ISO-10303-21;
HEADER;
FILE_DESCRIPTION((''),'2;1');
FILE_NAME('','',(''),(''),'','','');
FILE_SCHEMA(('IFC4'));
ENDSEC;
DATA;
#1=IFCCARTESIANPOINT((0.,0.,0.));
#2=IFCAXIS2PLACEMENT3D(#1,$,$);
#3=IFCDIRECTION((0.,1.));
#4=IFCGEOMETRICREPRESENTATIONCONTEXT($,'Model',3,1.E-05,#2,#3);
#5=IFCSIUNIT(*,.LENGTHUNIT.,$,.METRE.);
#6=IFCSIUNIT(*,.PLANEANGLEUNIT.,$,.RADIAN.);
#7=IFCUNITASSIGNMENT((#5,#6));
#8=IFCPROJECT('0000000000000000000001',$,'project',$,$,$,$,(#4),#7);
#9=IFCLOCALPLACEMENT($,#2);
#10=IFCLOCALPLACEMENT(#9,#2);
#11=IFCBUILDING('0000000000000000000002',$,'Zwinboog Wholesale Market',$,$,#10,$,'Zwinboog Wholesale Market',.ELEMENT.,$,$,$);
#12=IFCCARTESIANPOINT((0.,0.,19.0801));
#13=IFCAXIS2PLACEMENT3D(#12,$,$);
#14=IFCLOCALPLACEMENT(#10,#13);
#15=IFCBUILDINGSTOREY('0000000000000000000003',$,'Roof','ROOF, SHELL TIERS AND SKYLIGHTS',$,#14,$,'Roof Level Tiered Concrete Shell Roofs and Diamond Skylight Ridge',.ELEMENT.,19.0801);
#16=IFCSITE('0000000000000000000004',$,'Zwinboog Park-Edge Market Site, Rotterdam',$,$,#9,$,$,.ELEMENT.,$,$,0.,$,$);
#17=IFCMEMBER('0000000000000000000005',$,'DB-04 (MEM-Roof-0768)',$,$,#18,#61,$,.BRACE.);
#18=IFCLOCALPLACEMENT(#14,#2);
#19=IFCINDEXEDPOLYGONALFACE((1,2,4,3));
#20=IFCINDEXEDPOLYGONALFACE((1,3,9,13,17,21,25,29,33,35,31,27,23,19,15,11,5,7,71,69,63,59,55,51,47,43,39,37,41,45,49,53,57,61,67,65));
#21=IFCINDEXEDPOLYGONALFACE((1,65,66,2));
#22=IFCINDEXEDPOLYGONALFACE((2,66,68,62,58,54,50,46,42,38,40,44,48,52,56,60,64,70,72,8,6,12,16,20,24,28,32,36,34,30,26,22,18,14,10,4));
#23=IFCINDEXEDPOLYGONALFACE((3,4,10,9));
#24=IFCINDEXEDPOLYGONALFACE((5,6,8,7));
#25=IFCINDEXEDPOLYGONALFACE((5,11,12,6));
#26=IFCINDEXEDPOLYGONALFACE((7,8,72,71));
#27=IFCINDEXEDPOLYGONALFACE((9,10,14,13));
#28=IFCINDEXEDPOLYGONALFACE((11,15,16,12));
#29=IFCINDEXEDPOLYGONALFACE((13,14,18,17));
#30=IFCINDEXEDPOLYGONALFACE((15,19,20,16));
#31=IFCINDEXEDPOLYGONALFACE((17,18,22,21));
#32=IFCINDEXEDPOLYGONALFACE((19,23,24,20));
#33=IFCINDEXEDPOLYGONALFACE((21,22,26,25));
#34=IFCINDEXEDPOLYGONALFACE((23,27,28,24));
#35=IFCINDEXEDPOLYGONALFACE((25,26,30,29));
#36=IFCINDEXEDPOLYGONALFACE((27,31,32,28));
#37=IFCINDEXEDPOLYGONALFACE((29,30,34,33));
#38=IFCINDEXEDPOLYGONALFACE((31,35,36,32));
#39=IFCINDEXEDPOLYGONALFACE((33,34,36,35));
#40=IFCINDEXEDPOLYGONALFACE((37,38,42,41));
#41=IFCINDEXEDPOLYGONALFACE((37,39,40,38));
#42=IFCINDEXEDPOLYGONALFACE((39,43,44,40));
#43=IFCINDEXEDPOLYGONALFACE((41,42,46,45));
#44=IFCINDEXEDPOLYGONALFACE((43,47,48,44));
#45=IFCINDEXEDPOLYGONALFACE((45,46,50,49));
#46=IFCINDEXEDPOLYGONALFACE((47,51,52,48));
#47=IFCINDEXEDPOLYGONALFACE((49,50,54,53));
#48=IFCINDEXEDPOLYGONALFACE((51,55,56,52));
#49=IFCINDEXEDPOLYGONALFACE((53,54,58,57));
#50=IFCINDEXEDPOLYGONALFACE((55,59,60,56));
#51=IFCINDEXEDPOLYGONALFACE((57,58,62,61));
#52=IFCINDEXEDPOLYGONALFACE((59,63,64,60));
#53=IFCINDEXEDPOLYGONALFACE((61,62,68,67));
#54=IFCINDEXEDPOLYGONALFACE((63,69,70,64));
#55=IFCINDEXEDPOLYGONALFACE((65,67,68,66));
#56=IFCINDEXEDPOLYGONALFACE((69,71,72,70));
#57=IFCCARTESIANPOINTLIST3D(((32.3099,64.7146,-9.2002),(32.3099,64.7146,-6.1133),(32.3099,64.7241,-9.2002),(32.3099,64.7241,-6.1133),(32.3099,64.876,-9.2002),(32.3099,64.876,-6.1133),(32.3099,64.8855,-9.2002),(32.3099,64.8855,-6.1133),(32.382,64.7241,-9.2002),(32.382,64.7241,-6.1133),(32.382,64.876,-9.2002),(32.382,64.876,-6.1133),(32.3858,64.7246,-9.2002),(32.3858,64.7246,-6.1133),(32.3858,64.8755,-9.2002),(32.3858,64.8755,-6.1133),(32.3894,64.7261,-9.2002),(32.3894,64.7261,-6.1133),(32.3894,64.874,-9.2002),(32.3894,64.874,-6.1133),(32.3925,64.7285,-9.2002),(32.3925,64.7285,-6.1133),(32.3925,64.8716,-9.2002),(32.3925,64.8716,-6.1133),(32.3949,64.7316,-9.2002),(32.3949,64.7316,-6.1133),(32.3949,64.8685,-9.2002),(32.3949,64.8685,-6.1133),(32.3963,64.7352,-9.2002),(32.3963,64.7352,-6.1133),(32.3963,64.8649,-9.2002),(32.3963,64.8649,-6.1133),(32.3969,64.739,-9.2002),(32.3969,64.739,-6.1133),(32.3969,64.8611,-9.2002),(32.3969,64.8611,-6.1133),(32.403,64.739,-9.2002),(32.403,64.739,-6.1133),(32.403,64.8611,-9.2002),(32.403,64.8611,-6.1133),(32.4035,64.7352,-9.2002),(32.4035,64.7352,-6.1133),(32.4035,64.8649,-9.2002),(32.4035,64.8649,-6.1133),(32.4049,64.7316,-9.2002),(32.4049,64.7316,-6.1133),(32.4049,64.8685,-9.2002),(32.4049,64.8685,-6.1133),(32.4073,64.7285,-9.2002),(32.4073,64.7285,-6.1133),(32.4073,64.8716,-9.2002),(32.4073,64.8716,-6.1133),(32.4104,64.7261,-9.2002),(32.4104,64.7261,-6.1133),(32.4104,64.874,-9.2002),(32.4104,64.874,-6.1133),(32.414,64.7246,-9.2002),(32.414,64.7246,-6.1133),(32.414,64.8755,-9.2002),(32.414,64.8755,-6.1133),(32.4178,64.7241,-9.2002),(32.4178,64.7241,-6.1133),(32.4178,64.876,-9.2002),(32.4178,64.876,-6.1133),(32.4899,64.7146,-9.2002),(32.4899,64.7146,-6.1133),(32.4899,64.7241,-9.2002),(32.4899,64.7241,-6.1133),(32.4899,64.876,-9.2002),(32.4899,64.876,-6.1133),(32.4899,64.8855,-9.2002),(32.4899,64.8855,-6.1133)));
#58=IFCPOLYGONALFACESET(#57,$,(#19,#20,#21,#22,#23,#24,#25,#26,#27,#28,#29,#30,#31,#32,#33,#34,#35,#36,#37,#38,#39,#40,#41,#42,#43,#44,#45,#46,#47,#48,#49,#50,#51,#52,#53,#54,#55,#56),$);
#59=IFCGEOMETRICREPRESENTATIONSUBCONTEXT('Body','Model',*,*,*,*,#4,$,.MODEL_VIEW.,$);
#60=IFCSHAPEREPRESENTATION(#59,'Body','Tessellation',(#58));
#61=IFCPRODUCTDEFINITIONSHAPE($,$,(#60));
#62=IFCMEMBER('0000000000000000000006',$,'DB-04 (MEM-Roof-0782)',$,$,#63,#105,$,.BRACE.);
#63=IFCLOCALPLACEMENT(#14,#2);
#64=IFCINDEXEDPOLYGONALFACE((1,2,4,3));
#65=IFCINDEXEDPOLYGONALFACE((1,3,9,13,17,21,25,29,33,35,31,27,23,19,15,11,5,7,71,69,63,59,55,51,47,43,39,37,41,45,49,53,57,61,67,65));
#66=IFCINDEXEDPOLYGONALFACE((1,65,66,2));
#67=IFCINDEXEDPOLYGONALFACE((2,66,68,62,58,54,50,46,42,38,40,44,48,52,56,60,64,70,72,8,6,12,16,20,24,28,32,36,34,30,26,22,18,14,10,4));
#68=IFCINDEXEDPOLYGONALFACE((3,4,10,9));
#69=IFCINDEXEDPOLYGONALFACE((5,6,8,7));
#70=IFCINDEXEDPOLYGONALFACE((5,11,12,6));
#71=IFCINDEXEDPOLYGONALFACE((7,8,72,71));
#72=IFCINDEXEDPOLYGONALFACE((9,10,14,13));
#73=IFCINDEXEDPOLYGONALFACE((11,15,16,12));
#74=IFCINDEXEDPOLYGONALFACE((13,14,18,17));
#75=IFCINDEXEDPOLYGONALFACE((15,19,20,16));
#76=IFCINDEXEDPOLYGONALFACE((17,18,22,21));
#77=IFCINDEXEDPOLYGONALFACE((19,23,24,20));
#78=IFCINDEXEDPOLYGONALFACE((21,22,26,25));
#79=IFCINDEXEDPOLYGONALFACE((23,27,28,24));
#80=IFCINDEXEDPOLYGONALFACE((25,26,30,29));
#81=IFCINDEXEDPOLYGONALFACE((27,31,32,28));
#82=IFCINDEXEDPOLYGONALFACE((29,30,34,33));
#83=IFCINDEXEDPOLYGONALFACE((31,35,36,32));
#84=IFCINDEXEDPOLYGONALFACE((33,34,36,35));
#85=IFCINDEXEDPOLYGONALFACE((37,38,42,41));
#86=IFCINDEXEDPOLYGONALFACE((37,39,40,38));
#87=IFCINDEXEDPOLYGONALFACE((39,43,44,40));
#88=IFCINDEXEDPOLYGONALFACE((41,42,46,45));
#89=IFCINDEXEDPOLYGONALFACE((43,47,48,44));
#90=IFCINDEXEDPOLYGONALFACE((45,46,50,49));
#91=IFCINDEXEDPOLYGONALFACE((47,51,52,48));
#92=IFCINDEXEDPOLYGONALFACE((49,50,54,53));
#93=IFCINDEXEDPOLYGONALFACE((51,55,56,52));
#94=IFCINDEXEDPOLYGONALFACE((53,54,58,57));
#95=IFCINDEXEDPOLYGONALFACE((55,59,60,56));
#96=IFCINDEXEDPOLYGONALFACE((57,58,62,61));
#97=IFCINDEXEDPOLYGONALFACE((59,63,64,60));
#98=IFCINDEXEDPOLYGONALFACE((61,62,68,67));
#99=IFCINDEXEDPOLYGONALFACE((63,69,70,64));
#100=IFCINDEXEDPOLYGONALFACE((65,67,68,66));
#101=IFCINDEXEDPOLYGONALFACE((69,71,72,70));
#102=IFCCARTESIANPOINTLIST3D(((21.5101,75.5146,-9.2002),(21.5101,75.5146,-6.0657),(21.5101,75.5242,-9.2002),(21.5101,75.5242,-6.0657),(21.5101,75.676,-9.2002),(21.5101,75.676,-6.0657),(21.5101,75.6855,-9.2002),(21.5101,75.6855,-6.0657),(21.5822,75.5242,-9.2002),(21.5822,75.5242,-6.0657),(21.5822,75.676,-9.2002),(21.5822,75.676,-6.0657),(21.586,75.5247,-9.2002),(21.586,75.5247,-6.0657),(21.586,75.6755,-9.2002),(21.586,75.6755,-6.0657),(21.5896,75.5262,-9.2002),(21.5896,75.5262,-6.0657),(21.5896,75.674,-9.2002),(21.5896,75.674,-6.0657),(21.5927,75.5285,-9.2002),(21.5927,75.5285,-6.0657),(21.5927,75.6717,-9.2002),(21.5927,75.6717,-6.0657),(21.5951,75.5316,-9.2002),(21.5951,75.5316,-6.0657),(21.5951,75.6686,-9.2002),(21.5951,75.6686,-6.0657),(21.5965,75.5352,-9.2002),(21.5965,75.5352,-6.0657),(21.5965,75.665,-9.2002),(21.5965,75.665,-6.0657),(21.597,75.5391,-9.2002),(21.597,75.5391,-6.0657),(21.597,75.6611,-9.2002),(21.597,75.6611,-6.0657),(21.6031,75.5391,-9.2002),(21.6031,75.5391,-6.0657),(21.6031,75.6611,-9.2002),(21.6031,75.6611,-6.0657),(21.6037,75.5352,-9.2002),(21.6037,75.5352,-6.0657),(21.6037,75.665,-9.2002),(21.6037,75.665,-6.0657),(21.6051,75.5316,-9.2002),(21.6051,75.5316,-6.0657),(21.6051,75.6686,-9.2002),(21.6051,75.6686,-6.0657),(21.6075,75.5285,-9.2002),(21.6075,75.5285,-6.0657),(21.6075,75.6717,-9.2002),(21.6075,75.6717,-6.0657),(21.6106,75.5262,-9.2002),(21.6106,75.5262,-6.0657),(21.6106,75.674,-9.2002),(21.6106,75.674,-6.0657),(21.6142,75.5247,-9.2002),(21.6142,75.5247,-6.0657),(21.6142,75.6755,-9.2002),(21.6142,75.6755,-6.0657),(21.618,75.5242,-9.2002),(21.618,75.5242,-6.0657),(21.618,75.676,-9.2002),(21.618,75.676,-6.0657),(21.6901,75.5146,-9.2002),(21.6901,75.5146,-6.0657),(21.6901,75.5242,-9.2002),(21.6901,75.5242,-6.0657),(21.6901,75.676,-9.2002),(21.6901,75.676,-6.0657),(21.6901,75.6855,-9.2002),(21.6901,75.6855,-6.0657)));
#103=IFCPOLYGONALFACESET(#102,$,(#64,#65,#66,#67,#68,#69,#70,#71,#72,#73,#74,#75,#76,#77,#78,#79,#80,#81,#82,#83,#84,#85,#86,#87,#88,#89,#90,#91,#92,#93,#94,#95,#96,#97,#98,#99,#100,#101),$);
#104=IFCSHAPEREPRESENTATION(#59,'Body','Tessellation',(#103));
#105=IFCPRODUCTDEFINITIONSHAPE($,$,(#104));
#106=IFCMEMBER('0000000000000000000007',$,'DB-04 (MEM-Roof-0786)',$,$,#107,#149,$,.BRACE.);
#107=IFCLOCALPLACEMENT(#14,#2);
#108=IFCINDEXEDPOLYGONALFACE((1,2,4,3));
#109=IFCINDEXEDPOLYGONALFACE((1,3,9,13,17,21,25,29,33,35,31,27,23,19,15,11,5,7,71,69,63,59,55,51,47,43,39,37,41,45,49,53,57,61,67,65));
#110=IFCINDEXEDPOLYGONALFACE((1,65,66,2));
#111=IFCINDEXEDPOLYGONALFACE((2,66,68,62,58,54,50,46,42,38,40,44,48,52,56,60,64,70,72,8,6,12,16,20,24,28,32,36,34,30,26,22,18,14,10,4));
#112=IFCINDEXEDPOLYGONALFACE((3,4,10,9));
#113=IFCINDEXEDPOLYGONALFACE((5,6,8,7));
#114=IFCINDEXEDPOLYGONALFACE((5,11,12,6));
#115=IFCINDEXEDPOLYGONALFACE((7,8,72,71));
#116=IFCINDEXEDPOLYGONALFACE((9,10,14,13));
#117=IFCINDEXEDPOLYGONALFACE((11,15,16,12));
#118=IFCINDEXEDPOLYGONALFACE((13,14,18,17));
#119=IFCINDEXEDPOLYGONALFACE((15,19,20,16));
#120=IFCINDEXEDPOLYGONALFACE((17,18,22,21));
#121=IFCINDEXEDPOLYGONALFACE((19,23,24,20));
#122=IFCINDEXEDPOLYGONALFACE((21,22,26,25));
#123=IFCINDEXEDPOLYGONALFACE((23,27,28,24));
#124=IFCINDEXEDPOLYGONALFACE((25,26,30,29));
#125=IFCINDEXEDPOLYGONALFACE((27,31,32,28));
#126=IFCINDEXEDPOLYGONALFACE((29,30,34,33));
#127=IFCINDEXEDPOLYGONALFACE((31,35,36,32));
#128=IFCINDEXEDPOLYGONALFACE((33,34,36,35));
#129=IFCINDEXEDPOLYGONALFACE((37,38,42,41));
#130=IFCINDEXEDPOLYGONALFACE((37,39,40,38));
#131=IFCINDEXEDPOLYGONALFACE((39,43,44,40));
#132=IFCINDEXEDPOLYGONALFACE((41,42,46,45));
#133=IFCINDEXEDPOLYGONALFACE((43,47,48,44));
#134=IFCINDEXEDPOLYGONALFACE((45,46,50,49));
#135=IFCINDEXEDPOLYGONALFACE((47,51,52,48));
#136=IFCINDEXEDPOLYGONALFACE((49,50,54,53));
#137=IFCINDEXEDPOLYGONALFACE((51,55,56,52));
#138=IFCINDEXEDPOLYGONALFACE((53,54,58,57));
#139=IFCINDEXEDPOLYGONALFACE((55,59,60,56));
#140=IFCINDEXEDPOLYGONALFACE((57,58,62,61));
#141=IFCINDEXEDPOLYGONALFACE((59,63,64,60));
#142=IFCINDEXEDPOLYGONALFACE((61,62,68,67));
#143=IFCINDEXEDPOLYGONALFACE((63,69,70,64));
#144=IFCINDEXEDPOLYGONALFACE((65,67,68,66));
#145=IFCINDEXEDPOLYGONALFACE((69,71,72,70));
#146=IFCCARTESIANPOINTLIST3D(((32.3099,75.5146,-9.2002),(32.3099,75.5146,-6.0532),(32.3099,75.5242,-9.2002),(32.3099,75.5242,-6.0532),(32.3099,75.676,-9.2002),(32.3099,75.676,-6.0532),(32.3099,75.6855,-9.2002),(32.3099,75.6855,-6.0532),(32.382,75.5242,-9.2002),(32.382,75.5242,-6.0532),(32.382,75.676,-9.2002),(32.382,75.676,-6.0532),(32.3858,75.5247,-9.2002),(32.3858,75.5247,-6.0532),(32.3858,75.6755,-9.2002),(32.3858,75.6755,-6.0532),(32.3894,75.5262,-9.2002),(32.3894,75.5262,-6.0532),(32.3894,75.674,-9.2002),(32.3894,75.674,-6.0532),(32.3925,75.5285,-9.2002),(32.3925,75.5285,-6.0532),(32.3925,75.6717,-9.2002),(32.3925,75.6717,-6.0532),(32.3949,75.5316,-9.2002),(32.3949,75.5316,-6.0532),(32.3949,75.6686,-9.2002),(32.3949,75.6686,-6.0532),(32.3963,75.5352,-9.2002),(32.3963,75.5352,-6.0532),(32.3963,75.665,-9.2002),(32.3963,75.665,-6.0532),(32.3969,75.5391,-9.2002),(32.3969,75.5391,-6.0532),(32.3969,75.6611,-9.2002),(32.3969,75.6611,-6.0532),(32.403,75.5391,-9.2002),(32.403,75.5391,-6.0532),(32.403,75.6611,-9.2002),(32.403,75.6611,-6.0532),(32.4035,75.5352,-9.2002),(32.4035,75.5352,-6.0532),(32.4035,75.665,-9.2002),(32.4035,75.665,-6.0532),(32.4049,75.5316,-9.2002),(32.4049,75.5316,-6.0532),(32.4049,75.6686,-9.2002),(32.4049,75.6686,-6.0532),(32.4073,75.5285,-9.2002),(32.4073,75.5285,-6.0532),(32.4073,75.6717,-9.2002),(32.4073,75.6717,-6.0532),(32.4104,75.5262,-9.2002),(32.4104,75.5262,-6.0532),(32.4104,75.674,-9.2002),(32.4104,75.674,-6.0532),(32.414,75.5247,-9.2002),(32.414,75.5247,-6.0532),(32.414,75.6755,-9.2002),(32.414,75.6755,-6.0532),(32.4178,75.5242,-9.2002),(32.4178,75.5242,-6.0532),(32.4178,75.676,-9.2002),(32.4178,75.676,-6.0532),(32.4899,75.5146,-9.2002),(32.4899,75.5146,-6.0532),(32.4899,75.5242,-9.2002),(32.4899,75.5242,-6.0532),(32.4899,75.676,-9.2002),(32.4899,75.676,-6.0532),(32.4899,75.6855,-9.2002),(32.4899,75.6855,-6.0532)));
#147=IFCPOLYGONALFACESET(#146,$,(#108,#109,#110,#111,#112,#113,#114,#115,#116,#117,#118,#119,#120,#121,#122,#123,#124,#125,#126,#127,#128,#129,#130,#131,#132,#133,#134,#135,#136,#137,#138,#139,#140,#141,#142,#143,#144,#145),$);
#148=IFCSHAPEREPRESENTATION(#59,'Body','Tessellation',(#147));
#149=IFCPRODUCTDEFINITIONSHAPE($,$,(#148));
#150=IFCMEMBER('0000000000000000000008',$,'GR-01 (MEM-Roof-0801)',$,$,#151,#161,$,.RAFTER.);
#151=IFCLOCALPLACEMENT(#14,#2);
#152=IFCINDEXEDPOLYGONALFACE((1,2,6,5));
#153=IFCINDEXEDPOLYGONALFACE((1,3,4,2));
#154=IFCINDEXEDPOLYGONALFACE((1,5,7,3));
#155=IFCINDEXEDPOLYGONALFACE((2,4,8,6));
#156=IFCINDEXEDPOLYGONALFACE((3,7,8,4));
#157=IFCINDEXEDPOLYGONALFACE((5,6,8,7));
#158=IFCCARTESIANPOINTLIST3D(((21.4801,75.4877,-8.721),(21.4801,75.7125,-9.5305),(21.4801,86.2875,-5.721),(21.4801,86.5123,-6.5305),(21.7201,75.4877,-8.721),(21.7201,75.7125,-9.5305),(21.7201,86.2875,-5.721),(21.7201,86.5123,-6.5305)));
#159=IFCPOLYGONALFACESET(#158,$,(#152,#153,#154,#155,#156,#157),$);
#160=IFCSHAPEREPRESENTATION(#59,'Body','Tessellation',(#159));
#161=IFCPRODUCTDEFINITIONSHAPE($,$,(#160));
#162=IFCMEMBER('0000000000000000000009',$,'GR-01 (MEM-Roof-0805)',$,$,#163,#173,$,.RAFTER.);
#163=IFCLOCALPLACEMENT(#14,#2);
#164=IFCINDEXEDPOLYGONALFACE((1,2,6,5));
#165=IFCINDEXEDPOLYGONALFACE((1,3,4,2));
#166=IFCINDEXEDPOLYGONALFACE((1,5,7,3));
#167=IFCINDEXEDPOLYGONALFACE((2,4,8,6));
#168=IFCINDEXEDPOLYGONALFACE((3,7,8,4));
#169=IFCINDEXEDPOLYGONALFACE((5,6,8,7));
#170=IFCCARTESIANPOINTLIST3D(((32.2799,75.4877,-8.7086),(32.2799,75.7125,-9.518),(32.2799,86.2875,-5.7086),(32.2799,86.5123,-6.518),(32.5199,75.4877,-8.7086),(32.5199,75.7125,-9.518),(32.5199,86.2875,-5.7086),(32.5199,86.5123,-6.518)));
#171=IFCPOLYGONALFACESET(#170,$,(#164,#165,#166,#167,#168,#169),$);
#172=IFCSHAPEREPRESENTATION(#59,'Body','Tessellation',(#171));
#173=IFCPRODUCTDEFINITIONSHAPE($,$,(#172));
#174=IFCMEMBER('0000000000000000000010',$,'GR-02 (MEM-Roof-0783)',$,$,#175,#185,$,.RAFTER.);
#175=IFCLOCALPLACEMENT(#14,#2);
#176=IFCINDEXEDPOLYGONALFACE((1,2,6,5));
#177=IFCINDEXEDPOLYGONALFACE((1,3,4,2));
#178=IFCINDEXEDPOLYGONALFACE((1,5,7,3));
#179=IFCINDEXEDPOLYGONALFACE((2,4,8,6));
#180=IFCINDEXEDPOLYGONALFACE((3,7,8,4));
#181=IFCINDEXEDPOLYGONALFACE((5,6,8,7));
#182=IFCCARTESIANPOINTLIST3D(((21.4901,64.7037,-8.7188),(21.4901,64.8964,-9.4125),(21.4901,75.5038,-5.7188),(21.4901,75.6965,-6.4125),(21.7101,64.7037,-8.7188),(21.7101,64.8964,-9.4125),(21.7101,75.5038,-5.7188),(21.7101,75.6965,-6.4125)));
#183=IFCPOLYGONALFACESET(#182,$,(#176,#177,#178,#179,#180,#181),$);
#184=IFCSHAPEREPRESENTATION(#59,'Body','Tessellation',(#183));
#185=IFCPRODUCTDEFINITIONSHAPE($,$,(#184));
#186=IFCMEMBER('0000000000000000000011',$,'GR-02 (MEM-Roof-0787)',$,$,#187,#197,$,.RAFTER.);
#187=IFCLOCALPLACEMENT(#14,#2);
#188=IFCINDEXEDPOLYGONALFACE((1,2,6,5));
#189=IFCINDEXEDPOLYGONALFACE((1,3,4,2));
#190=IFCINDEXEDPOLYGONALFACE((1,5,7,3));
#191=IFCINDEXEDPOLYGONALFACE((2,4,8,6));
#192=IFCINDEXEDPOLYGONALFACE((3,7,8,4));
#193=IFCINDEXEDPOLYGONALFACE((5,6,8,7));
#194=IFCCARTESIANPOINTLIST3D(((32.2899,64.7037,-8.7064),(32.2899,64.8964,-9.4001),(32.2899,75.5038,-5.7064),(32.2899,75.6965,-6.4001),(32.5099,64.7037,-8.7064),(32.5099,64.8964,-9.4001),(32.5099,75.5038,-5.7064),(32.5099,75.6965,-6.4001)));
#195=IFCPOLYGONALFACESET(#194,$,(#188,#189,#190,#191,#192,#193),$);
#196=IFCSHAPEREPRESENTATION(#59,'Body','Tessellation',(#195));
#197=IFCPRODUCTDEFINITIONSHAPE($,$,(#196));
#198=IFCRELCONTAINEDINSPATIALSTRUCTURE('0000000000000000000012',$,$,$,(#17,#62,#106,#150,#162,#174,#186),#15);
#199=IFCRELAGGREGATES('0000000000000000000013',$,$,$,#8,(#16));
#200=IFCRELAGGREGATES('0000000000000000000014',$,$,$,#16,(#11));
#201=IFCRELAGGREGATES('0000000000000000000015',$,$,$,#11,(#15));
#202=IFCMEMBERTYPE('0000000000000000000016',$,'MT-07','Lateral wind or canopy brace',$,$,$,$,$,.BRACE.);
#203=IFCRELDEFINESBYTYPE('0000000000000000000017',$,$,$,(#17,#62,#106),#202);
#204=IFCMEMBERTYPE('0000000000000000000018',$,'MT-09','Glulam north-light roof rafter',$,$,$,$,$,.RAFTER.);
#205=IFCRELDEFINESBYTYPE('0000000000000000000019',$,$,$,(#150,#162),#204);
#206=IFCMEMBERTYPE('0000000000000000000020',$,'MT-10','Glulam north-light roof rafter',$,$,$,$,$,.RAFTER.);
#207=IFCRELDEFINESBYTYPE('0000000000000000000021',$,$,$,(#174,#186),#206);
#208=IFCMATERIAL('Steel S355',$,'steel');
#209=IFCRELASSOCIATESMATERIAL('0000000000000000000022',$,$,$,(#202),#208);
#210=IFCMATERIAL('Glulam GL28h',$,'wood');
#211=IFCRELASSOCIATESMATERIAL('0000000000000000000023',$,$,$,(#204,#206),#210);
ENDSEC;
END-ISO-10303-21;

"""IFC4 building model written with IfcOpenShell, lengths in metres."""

from ifc_helpers import new_model, si_unit, direction, frame, origin, origin_2d, place, context, subcontext, project, spatial, rectangle, i_section, extrude, material, material_profile, profile_set, type_object, element, save


model = new_model("IFC4")

# Units and contexts
model_context = context("Model", 3, precision=1e-05, world=origin(), true_north=direction((0.0, 1.0)))
body_context = subcontext(model_context, "Body", "Model", "MODEL_VIEW")
ifc_project = project(units=[si_unit("LENGTHUNIT", "METRE"), si_unit("PLANEANGLEUNIT", "RADIAN")], contexts=[model_context])

# Site, building, storey
site_placement = place(None, origin())
site = spatial("IfcSite", under=ifc_project, at=site_placement, Name="Zwinboog Park-Edge Market Site, Rotterdam", CompositionType="ELEMENT", RefElevation=0.0)
building_placement = place(site_placement, origin())
building = spatial("IfcBuilding", under=site, at=building_placement, Name="Zwinboog Wholesale Market", LongName="Zwinboog Wholesale Market", CompositionType="ELEMENT")
storey_placement = place(building_placement, frame((0.0, 0.0, 19.0801)))
storey = spatial("IfcBuildingStorey", under=building, at=storey_placement, Name="Roof", Description="ROOF, SHELL TIERS AND SKYLIGHTS", LongName="Roof Level Tiered Concrete Shell Roofs and Diamond Skylight Ridge", CompositionType="ELEMENT", Elevation=19.0801)

# Members
ifc_material_1 = material(Name="Steel S355", Category="steel")
ifc_material_profile_1 = material_profile(ifc_material_1, i_section(OverallWidth=0.1799, OverallDepth=0.1709, WebThickness=0.0061, FlangeThickness=0.0095, FilletRadius=0.0149, at=origin_2d()), Name="HEA 180")
ifc_profile_set_1 = profile_set([ifc_material_profile_1], Name="Steel S355")
member_type_1 = type_object("IfcMemberType", Name="MT-07", Description="Lateral wind or canopy brace", PredefinedType="BRACE", material=ifc_profile_set_1)
member_1_placement = place(storey_placement, frame((32.3999, 64.8, -9.2002), z_axis=(0.0, 0.0, 1.0), x_axis=(1.0, 0.0, 0.0)))
element("IfcMember", 1, at=member_1_placement, inside=storey, type_object=member_type_1, Name="DB-04 (MEM-Roof-0768)", PredefinedType="BRACE", context=body_context, shape_type="SweptSolid", body=[
    extrude(i_section(OverallWidth=0.1799, OverallDepth=0.1709, WebThickness=0.0061, FlangeThickness=0.0095, FilletRadius=0.0149, at=origin_2d()), origin(), (0.0, 0.0, 1.0), 3.0869),
])
member_2_placement = place(storey_placement, frame((21.6001, 75.6001, -9.2002), z_axis=(0.0, 0.0, 1.0), x_axis=(1.0, 0.0, 0.0)))
element("IfcMember", 2, at=member_2_placement, inside=storey, type_object=member_type_1, Name="DB-04 (MEM-Roof-0782)", PredefinedType="BRACE", context=body_context, shape_type="SweptSolid", body=[
    extrude(i_section(OverallWidth=0.1799, OverallDepth=0.1709, WebThickness=0.0061, FlangeThickness=0.0095, FilletRadius=0.0149, at=origin_2d()), origin(), (0.0, 0.0, 1.0), 3.1345),
])
member_3_placement = place(storey_placement, frame((32.3999, 75.6001, -9.2002), z_axis=(0.0, 0.0, 1.0), x_axis=(1.0, 0.0, 0.0)))
element("IfcMember", 3, at=member_3_placement, inside=storey, type_object=member_type_1, Name="DB-04 (MEM-Roof-0786)", PredefinedType="BRACE", context=body_context, shape_type="SweptSolid", body=[
    extrude(i_section(OverallWidth=0.1799, OverallDepth=0.1709, WebThickness=0.0061, FlangeThickness=0.0095, FilletRadius=0.0149, at=origin_2d()), origin(), (0.0, 0.0, 1.0), 3.147),
])
ifc_material_2 = material(Name="Glulam GL28h", Category="wood")
ifc_material_profile_2 = material_profile(ifc_material_2, rectangle(XDim=0.24, YDim=0.8401, at=origin_2d()), Name="GL28h 240x840")
ifc_profile_set_2 = profile_set([ifc_material_profile_2], Name="Glulam GL28h")
member_type_2 = type_object("IfcMemberType", Name="MT-09", Description="Glulam north-light roof rafter", PredefinedType="RAFTER", material=ifc_profile_set_2)
for number, where, z_axis, x_axis, name in (
    (4, (21.6001, 75.6001, -9.1257), (0.0, 0.963517, 0.267648), (-1.0, 0.0, 0.0), "GR-01 (MEM-Roof-0801)"),
    (5, (32.3999, 75.6001, -9.1133), (0.0, 0.963517, 0.267648), (-1.0, 0.0, 0.0), "GR-01 (MEM-Roof-0805)"),
):
    element("IfcMember", number, at=place(storey_placement, frame(where, z_axis=z_axis, x_axis=x_axis)), inside=storey, type_object=member_type_2, Name=name, PredefinedType="RAFTER", context=body_context, shape_type="SweptSolid", body=[
        extrude(rectangle(XDim=0.24, YDim=0.8401, at=origin_2d()), origin(), (0.0, 0.0, 1.0), 11.2087),
    ])
ifc_material_profile_3 = material_profile(ifc_material_2, rectangle(XDim=0.22, YDim=0.72, at=origin_2d()), Name="GL28h 220x720")
ifc_profile_set_3 = profile_set([ifc_material_profile_3], Name="Glulam GL28h")
member_type_3 = type_object("IfcMemberType", Name="MT-10", Description="Glulam north-light roof rafter", PredefinedType="RAFTER", material=ifc_profile_set_3)
for number, where, z_axis, x_axis, name in (
    (6, (21.6001, 64.8, -9.0657), (0.0, 0.963518, 0.267643), (-1.0, 0.0, 0.0), "GR-02 (MEM-Roof-0783)"),
    (7, (32.3999, 64.8, -9.0532), (0.0, 0.963518, 0.267643), (-1.0, 0.0, 0.0), "GR-02 (MEM-Roof-0787)"),
):
    element("IfcMember", number, at=place(storey_placement, frame(where, z_axis=z_axis, x_axis=x_axis)), inside=storey, type_object=member_type_3, Name=name, PredefinedType="RAFTER", context=body_context, shape_type="SweptSolid", body=[
        extrude(rectangle(XDim=0.22, YDim=0.72, at=origin_2d()), origin(), (0.0, 0.0, 1.0), 11.209),
    ])

save(model, "model.ifc")
